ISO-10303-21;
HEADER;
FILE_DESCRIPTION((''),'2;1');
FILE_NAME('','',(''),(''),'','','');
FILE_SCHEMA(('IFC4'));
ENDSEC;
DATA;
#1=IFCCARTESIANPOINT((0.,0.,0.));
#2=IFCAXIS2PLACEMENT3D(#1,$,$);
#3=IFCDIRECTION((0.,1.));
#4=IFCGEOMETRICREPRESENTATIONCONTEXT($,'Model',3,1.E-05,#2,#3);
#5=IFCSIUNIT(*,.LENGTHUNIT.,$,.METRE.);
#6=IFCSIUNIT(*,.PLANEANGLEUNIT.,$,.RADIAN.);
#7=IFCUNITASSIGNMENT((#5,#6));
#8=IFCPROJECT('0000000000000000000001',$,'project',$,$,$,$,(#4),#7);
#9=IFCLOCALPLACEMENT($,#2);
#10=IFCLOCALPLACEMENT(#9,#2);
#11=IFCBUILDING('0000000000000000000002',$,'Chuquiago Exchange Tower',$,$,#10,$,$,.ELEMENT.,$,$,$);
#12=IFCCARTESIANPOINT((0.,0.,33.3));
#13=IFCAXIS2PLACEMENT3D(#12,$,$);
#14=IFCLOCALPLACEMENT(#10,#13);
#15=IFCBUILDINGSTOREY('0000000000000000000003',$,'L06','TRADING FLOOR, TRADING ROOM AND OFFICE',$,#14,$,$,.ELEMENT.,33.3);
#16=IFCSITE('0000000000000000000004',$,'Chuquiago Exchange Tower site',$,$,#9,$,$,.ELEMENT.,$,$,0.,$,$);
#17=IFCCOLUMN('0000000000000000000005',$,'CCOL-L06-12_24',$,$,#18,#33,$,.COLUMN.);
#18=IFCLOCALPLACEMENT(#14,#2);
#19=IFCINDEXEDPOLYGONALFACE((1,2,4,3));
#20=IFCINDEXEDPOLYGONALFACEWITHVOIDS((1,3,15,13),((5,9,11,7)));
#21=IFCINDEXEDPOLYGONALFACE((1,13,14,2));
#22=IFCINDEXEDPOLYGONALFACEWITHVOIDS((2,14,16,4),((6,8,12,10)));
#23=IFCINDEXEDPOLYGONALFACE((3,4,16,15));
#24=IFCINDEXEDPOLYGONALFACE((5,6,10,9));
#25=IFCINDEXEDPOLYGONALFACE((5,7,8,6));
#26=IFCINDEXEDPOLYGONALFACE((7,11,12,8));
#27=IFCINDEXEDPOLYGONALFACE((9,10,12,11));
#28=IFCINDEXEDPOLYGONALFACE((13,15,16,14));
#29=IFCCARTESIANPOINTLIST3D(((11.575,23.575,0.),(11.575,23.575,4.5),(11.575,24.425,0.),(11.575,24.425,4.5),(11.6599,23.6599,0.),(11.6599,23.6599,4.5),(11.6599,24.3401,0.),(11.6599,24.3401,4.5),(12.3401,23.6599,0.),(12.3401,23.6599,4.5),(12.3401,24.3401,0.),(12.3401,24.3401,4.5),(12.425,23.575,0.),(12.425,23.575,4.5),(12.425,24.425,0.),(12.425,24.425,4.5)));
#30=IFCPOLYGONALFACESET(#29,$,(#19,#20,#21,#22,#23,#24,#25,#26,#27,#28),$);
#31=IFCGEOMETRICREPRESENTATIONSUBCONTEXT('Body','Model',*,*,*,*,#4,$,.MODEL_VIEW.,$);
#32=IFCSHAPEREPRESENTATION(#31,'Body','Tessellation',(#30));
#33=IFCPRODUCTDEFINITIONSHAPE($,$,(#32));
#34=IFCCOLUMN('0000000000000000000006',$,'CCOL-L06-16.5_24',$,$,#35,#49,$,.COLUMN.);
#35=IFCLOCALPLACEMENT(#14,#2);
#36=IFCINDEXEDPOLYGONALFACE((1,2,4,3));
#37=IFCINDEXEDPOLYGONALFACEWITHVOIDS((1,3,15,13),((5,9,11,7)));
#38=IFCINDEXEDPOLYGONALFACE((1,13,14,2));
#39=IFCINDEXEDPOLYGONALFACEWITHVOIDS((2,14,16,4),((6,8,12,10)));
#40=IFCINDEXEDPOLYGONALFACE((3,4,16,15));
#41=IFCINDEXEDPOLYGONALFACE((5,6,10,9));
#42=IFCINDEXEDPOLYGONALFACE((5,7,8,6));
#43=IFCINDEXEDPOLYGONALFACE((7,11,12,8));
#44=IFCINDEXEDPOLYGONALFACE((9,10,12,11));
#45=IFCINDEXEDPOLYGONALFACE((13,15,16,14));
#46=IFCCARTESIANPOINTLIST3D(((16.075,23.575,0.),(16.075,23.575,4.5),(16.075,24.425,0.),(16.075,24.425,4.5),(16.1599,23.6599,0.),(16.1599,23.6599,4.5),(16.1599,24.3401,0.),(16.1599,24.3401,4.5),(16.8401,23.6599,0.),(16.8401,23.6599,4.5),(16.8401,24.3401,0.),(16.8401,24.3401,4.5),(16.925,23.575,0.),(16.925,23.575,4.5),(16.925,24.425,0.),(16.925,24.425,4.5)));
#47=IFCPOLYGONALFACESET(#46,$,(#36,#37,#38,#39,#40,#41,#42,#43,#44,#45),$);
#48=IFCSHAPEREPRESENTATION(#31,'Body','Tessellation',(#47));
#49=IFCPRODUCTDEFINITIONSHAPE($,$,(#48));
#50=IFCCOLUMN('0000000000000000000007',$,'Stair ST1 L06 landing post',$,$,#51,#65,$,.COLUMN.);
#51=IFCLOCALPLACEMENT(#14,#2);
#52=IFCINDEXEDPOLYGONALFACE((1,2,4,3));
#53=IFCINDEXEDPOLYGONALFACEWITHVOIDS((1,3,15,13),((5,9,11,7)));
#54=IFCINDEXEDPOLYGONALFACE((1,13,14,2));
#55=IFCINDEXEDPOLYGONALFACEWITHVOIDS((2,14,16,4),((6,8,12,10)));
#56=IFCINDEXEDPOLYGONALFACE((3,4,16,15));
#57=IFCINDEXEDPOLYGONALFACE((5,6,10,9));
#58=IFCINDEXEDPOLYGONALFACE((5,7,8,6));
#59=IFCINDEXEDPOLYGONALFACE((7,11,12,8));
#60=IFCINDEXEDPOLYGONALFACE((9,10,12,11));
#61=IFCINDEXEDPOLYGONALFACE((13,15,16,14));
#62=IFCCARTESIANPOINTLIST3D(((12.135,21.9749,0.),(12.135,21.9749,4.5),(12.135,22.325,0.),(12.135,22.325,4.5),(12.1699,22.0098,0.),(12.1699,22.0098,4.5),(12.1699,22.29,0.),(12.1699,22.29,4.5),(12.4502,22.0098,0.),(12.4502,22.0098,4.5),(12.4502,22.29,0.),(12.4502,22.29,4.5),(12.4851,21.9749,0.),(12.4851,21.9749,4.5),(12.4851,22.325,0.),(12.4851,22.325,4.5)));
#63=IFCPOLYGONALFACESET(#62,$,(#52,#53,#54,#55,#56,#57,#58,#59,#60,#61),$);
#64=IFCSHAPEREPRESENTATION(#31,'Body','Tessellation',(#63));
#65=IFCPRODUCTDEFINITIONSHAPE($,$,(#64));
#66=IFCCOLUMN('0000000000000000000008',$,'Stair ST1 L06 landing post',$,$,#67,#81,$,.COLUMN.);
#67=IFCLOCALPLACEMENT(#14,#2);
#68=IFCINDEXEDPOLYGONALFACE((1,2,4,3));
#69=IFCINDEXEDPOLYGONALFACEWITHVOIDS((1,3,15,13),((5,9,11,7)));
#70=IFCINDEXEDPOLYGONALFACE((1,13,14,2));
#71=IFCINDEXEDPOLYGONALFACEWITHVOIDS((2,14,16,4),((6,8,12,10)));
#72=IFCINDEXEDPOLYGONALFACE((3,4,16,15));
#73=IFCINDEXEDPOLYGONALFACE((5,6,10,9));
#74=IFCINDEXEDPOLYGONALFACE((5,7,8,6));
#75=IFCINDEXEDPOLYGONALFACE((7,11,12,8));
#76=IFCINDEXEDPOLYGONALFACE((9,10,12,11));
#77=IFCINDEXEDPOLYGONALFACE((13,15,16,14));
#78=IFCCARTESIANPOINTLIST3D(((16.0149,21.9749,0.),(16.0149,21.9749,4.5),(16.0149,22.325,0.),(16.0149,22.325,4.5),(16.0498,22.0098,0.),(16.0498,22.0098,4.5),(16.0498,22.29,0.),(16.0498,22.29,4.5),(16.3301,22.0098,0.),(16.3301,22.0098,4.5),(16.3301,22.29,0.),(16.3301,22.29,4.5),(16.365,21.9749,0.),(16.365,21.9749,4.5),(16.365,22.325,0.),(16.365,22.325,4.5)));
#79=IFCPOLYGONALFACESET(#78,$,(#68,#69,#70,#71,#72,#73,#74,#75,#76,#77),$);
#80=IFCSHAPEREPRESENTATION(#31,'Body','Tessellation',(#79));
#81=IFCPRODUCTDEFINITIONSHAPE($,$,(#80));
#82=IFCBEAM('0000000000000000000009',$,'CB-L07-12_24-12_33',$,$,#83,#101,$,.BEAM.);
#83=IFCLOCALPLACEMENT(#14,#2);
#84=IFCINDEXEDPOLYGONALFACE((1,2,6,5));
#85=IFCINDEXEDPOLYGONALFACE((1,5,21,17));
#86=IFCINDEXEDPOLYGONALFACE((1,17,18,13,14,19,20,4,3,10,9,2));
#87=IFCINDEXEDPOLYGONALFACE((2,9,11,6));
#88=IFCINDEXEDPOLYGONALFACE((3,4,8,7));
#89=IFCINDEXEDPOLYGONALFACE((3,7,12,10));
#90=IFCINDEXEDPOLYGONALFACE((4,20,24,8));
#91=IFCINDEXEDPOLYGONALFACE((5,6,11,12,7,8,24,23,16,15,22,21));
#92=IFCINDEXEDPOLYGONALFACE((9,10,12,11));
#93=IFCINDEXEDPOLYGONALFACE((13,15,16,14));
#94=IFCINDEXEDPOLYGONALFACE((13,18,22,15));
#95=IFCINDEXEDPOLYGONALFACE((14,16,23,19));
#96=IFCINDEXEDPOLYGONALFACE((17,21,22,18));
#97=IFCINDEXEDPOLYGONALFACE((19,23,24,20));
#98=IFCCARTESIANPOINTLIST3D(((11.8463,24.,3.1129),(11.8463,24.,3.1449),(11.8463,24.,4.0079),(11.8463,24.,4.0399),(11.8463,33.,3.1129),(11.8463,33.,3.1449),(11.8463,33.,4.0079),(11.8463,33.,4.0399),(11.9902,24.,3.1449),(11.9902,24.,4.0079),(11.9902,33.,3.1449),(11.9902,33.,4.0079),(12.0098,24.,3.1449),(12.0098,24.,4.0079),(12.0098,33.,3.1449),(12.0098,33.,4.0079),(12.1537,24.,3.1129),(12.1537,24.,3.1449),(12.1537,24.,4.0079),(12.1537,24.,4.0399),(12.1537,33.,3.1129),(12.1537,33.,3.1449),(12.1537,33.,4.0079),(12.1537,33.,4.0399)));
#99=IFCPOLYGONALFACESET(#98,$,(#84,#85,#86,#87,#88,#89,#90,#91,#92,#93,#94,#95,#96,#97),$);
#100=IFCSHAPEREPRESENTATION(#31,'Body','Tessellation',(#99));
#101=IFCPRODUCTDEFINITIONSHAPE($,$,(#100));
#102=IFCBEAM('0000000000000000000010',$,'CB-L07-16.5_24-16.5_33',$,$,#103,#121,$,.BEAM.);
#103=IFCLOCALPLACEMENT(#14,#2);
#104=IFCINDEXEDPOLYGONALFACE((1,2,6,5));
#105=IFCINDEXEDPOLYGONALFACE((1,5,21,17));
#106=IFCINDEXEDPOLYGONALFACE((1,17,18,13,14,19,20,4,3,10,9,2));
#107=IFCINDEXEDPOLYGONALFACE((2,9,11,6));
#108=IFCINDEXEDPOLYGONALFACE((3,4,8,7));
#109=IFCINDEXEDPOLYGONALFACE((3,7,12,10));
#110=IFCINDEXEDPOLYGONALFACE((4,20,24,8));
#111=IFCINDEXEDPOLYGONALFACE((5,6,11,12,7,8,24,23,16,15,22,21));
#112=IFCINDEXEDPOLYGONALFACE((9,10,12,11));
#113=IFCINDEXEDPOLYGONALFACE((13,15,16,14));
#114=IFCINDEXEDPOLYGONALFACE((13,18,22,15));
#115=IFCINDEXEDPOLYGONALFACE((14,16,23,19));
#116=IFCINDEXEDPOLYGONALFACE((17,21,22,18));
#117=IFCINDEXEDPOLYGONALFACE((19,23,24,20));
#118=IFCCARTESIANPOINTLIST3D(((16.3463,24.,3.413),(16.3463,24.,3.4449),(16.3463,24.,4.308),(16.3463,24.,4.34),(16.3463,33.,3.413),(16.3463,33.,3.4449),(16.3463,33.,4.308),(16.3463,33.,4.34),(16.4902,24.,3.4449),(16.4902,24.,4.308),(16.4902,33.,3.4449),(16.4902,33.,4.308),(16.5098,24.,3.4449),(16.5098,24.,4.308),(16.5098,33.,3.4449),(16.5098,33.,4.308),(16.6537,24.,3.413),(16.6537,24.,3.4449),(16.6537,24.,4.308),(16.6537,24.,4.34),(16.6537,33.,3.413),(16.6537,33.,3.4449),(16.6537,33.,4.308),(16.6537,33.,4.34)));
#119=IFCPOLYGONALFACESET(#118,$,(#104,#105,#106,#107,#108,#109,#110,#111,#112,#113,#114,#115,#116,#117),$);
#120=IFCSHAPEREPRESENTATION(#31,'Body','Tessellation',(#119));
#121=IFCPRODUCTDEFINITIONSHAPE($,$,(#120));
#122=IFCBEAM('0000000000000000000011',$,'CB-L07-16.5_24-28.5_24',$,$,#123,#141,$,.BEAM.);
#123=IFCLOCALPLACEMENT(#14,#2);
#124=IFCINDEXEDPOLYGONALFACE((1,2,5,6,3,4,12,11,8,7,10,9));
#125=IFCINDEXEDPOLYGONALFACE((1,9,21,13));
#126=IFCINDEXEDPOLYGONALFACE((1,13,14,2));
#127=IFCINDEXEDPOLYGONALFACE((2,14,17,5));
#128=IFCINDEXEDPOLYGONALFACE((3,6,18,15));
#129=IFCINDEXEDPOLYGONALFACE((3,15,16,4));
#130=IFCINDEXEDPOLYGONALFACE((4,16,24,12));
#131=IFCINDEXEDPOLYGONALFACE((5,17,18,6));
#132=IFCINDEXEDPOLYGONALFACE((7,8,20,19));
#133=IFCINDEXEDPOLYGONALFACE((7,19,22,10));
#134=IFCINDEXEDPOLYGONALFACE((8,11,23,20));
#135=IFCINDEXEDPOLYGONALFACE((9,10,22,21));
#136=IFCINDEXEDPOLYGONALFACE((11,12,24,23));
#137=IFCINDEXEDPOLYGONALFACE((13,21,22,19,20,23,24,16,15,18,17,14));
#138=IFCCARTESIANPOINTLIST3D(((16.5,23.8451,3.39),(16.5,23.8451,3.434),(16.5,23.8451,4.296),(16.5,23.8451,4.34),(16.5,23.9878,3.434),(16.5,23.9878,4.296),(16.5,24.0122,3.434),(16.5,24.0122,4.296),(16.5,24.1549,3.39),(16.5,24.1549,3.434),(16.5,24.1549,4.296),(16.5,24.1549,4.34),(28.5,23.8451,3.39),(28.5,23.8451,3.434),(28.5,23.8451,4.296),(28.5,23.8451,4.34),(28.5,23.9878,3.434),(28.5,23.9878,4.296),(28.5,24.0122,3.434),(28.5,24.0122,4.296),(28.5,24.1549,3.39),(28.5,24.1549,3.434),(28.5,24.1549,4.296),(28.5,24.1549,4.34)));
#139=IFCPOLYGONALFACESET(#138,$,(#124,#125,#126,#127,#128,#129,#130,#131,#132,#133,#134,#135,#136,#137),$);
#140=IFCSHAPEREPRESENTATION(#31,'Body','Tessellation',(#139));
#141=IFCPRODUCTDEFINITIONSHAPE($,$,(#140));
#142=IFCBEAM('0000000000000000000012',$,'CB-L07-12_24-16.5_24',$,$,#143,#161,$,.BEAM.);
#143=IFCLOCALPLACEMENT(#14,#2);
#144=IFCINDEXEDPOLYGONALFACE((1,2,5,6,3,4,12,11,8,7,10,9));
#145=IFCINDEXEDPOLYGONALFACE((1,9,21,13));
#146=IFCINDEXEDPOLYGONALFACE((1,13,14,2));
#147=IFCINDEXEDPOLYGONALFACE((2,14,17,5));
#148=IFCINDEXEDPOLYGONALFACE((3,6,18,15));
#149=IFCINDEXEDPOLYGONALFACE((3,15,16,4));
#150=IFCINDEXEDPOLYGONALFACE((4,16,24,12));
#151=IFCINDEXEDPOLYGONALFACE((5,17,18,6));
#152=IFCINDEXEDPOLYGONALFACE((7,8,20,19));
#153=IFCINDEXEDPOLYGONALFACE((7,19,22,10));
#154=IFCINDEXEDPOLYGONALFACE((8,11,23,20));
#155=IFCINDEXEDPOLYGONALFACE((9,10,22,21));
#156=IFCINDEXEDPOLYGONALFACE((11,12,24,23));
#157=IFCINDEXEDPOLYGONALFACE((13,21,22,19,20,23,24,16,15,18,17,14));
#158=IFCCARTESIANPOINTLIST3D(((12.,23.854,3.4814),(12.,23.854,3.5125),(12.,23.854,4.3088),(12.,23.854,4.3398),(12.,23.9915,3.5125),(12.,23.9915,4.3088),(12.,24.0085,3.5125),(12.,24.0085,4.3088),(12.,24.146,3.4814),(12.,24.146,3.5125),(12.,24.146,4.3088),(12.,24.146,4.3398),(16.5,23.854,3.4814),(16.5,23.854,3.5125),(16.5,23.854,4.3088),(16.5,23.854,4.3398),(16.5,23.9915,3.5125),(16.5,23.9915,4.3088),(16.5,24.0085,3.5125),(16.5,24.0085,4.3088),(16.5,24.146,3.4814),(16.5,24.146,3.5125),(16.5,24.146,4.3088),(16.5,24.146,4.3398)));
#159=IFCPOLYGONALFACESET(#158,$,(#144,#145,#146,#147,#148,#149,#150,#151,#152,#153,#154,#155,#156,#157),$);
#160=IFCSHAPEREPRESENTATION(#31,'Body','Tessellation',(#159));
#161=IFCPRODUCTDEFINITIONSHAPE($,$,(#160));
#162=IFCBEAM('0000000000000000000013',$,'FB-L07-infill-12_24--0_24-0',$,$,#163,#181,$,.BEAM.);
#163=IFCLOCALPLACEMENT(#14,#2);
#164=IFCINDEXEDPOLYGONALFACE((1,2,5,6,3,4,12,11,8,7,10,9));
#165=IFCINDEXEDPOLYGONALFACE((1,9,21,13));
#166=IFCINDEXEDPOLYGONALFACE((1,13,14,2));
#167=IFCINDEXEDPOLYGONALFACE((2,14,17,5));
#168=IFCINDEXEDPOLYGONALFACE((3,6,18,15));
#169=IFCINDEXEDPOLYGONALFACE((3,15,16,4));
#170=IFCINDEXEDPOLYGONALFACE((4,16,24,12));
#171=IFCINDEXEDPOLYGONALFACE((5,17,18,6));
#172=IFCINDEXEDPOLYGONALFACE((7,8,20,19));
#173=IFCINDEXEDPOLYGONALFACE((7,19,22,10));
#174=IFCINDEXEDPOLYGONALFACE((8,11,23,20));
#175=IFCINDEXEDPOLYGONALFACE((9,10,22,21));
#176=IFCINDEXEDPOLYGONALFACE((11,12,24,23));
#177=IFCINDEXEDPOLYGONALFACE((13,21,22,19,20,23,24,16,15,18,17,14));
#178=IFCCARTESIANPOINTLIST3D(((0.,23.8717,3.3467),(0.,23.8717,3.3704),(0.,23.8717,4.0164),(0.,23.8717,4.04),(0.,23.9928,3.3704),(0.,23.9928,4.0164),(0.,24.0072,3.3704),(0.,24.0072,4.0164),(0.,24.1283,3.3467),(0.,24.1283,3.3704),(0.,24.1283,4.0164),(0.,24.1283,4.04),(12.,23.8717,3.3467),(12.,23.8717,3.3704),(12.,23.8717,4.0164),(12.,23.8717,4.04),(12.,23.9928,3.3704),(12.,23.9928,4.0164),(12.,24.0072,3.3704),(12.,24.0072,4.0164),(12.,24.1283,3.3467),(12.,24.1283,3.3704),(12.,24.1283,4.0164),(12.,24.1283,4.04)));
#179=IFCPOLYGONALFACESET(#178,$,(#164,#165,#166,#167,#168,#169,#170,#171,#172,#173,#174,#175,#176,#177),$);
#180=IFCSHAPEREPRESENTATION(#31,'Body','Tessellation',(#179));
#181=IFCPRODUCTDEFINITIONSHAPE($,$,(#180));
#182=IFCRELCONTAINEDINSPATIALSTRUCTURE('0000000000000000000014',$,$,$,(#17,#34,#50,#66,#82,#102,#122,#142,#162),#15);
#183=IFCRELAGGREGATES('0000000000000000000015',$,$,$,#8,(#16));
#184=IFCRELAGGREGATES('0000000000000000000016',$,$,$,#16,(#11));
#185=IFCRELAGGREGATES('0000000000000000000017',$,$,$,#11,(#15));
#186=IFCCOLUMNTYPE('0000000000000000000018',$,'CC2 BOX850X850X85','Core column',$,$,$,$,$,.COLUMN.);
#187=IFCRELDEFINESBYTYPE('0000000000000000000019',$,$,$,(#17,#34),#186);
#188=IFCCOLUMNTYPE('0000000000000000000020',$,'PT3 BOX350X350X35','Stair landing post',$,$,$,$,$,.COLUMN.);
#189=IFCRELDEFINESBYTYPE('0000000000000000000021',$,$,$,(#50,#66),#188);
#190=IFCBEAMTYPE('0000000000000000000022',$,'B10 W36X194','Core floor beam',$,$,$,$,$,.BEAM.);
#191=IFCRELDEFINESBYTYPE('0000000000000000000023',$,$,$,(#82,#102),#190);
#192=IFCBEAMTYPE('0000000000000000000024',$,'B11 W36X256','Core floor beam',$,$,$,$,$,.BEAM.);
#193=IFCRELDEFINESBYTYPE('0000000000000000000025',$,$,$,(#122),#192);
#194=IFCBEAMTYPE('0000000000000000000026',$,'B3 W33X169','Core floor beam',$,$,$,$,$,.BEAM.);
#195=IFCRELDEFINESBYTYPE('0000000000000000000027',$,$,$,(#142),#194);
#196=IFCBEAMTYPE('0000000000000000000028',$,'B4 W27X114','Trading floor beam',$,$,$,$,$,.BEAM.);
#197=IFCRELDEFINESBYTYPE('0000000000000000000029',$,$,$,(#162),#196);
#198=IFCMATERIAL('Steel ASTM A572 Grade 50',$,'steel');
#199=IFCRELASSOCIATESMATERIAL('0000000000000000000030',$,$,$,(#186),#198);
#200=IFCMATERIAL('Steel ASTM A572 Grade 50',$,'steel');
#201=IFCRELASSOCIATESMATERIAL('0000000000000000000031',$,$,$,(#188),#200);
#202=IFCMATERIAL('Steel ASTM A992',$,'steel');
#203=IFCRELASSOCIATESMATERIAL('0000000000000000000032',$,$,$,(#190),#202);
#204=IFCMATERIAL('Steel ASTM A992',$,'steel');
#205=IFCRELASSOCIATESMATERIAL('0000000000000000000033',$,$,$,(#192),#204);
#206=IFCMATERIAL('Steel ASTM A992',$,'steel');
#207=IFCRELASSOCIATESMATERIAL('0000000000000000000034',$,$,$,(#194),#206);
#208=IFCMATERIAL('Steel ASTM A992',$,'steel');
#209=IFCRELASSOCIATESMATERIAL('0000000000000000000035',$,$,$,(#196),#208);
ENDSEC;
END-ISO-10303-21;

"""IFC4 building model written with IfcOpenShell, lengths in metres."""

from ifc_helpers import new_model, si_unit, direction, frame, origin, origin_2d, place, context, subcontext, project, spatial, hollow_rectangle, i_section, extrude, material, material_profile, profile_set, type_object, element, save


model = new_model("IFC4")

# Units and contexts
model_context = context("Model", 3, precision=1e-05, world=origin(), true_north=direction((0.0, 1.0)))
body_context = subcontext(model_context, "Body", "Model", "MODEL_VIEW")
ifc_project = project(units=[si_unit("LENGTHUNIT", "METRE"), si_unit("PLANEANGLEUNIT", "RADIAN")], contexts=[model_context])

# Site, building, storey
site_placement = place(None, origin())
site = spatial("IfcSite", under=ifc_project, at=site_placement, Name="Chuquiago Exchange Tower site", CompositionType="ELEMENT", RefElevation=0.0)
building_placement = place(site_placement, origin())
building = spatial("IfcBuilding", under=site, at=building_placement, Name="Chuquiago Exchange Tower", CompositionType="ELEMENT")
storey_placement = place(building_placement, frame((0.0, 0.0, 33.3)))
storey = spatial("IfcBuildingStorey", under=building, at=storey_placement, Name="L06", Description="TRADING FLOOR, TRADING ROOM AND OFFICE", CompositionType="ELEMENT", Elevation=33.3)

# Columns
ifc_material_1 = material(Name="Steel ASTM A572 Grade 50", Category="steel")
ifc_material_profile_1 = material_profile(ifc_material_1, hollow_rectangle(XDim=0.8501, YDim=0.8501, WallThickness=0.085, at=origin_2d()), Name="BOX850X850X85")
ifc_profile_set_1 = profile_set([ifc_material_profile_1], Name="Steel ASTM A572 Grade 50")
column_type_1 = type_object("IfcColumnType", Name="CC2 BOX850X850X85", Description="Core column", PredefinedType="COLUMN", material=ifc_profile_set_1)
for number, where, z_axis, x_axis, name in (
    (1, (12.0, 24.0, 0.0), (0.0, 0.0, 1.0), (1.0, 0.0, 0.0), "CCOL-L06-12_24"),
    (2, (16.5, 24.0, 0.0), (0.0, 0.0, 1.0), (1.0, 0.0, 0.0), "CCOL-L06-16.5_24"),
):
    element("IfcColumn", number, at=place(storey_placement, frame(where, z_axis=z_axis, x_axis=x_axis)), inside=storey, type_object=column_type_1, Name=name, PredefinedType="COLUMN", context=body_context, shape_type="SweptSolid", body=[
        extrude(hollow_rectangle(XDim=0.8501, YDim=0.8501, WallThickness=0.085, at=origin_2d()), origin(), (0.0, 0.0, 1.0), 4.5),
    ])
ifc_material_2 = material(Name="Steel ASTM A572 Grade 50", Category="steel")
ifc_material_profile_2 = material_profile(ifc_material_2, hollow_rectangle(XDim=0.3501, YDim=0.3501, WallThickness=0.0349, at=origin_2d()), Name="BOX350X350X35")
ifc_profile_set_2 = profile_set([ifc_material_profile_2], Name="Steel ASTM A572 Grade 50")
column_type_2 = type_object("IfcColumnType", Name="PT3 BOX350X350X35", Description="Stair landing post", PredefinedType="COLUMN", material=ifc_profile_set_2)
for number, where, z_axis, x_axis, name in (
    (3, (12.3101, 22.1499, 0.0), (0.0, 0.0, 1.0), (1.0, 0.0, 0.0), "Stair ST1 L06 landing post"),
    (4, (16.1899, 22.1499, 0.0), (0.0, 0.0, 1.0), (1.0, 0.0, 0.0), "Stair ST1 L06 landing post"),
):
    element("IfcColumn", number, at=place(storey_placement, frame(where, z_axis=z_axis, x_axis=x_axis)), inside=storey, type_object=column_type_2, Name=name, PredefinedType="COLUMN", context=body_context, shape_type="SweptSolid", body=[
        extrude(hollow_rectangle(XDim=0.3501, YDim=0.3501, WallThickness=0.0349, at=origin_2d()), origin(), (0.0, 0.0, 1.0), 4.5),
    ])

# Beams
ifc_material_3 = material(Name="Steel ASTM A992", Category="steel")
ifc_material_profile_3 = material_profile(ifc_material_3, i_section(OverallWidth=0.3074, OverallDepth=0.927, WebThickness=0.0195, FlangeThickness=0.032, at=origin_2d()), Name="W36X194")
ifc_profile_set_3 = profile_set([ifc_material_profile_3], Name="Steel ASTM A992")
beam_type_1 = type_object("IfcBeamType", Name="B10 W36X194", Description="Core floor beam", PredefinedType="BEAM", material=ifc_profile_set_3)
for number, where, z_axis, x_axis, name in (
    (5, (12.0, 24.0, 3.5764), (0.0, 1.0, 0.0), (-1.0, 0.0, 0.0), "CB-L07-12_24-12_33"),
    (6, (16.5, 24.0, 3.8765), (0.0, 1.0, 0.0), (-1.0, 0.0, 0.0), "CB-L07-16.5_24-16.5_33"),
):
    element("IfcBeam", number, at=place(storey_placement, frame(where, z_axis=z_axis, x_axis=x_axis)), inside=storey, type_object=beam_type_1, Name=name, PredefinedType="BEAM", context=body_context, shape_type="SweptSolid", body=[
        extrude(i_section(OverallWidth=0.3074, OverallDepth=0.927, WebThickness=0.0195, FlangeThickness=0.032, at=origin_2d()), origin(), (0.0, 0.0, 1.0), 9.0),
    ])
ifc_material_4 = material(Name="Steel ASTM A992", Category="steel")
ifc_material_profile_4 = material_profile(ifc_material_4, i_section(OverallWidth=0.3098, OverallDepth=0.95, WebThickness=0.0244, FlangeThickness=0.0439, at=origin_2d()), Name="W36X256")
ifc_profile_set_4 = profile_set([ifc_material_profile_4], Name="Steel ASTM A992")
beam_type_2 = type_object("IfcBeamType", Name="B11 W36X256", Description="Core floor beam", PredefinedType="BEAM", material=ifc_profile_set_4)
beam_1_placement = place(storey_placement, frame((16.5, 24.0, 3.865), z_axis=(1.0, 0.0, 0.0), x_axis=(0.0, 1.0, 0.0)))
element("IfcBeam", 7, at=beam_1_placement, inside=storey, type_object=beam_type_2, Name="CB-L07-16.5_24-28.5_24", PredefinedType="BEAM", context=body_context, shape_type="SweptSolid", body=[
    extrude(i_section(OverallWidth=0.3098, OverallDepth=0.95, WebThickness=0.0244, FlangeThickness=0.0439, at=origin_2d()), origin(), (0.0, 0.0, 1.0), 12.0),
])
ifc_material_5 = material(Name="Steel ASTM A992", Category="steel")
ifc_material_profile_5 = material_profile(ifc_material_5, i_section(OverallWidth=0.292, OverallDepth=0.8584, WebThickness=0.0171, FlangeThickness=0.031, at=origin_2d()), Name="W33X169")
ifc_profile_set_5 = profile_set([ifc_material_profile_5], Name="Steel ASTM A992")
beam_type_3 = type_object("IfcBeamType", Name="B3 W33X169", Description="Core floor beam", PredefinedType="BEAM", material=ifc_profile_set_5)
beam_2_placement = place(storey_placement, frame((12.0, 24.0, 3.9106), z_axis=(1.0, 0.0, 0.0), x_axis=(0.0, 1.0, 0.0)))
element("IfcBeam", 8, at=beam_2_placement, inside=storey, type_object=beam_type_3, Name="CB-L07-12_24-16.5_24", PredefinedType="BEAM", context=body_context, shape_type="SweptSolid", body=[
    extrude(i_section(OverallWidth=0.292, OverallDepth=0.8584, WebThickness=0.0171, FlangeThickness=0.031, at=origin_2d()), origin(), (0.0, 0.0, 1.0), 4.5),
])
ifc_material_6 = material(Name="Steel ASTM A992", Category="steel")
ifc_material_profile_6 = material_profile(ifc_material_6, i_section(OverallWidth=0.2566, OverallDepth=0.6934, WebThickness=0.0144, FlangeThickness=0.0237, at=origin_2d()), Name="W27X114")
ifc_profile_set_6 = profile_set([ifc_material_profile_6], Name="Steel ASTM A992")
beam_type_4 = type_object("IfcBeamType", Name="B4 W27X114", Description="Trading floor beam", PredefinedType="BEAM", material=ifc_profile_set_6)
for number, where, z_axis, x_axis, name in (
    (9, (12.0, 24.0, 3.6934), (-1.0, 0.0, 0.0), (0.0, -1.0, 0.0), "FB-L07-infill-12_24--0_24-0"),
):
    element("IfcBeam", number, at=place(storey_placement, frame(where, z_axis=z_axis, x_axis=x_axis)), inside=storey, type_object=beam_type_4, Name=name, PredefinedType="BEAM", context=body_context, shape_type="SweptSolid", body=[
        extrude(i_section(OverallWidth=0.2566, OverallDepth=0.6934, WebThickness=0.0144, FlangeThickness=0.0237, at=origin_2d()), origin(), (0.0, 0.0, 1.0), 12.0),
    ])

save(model, "model.ifc")
